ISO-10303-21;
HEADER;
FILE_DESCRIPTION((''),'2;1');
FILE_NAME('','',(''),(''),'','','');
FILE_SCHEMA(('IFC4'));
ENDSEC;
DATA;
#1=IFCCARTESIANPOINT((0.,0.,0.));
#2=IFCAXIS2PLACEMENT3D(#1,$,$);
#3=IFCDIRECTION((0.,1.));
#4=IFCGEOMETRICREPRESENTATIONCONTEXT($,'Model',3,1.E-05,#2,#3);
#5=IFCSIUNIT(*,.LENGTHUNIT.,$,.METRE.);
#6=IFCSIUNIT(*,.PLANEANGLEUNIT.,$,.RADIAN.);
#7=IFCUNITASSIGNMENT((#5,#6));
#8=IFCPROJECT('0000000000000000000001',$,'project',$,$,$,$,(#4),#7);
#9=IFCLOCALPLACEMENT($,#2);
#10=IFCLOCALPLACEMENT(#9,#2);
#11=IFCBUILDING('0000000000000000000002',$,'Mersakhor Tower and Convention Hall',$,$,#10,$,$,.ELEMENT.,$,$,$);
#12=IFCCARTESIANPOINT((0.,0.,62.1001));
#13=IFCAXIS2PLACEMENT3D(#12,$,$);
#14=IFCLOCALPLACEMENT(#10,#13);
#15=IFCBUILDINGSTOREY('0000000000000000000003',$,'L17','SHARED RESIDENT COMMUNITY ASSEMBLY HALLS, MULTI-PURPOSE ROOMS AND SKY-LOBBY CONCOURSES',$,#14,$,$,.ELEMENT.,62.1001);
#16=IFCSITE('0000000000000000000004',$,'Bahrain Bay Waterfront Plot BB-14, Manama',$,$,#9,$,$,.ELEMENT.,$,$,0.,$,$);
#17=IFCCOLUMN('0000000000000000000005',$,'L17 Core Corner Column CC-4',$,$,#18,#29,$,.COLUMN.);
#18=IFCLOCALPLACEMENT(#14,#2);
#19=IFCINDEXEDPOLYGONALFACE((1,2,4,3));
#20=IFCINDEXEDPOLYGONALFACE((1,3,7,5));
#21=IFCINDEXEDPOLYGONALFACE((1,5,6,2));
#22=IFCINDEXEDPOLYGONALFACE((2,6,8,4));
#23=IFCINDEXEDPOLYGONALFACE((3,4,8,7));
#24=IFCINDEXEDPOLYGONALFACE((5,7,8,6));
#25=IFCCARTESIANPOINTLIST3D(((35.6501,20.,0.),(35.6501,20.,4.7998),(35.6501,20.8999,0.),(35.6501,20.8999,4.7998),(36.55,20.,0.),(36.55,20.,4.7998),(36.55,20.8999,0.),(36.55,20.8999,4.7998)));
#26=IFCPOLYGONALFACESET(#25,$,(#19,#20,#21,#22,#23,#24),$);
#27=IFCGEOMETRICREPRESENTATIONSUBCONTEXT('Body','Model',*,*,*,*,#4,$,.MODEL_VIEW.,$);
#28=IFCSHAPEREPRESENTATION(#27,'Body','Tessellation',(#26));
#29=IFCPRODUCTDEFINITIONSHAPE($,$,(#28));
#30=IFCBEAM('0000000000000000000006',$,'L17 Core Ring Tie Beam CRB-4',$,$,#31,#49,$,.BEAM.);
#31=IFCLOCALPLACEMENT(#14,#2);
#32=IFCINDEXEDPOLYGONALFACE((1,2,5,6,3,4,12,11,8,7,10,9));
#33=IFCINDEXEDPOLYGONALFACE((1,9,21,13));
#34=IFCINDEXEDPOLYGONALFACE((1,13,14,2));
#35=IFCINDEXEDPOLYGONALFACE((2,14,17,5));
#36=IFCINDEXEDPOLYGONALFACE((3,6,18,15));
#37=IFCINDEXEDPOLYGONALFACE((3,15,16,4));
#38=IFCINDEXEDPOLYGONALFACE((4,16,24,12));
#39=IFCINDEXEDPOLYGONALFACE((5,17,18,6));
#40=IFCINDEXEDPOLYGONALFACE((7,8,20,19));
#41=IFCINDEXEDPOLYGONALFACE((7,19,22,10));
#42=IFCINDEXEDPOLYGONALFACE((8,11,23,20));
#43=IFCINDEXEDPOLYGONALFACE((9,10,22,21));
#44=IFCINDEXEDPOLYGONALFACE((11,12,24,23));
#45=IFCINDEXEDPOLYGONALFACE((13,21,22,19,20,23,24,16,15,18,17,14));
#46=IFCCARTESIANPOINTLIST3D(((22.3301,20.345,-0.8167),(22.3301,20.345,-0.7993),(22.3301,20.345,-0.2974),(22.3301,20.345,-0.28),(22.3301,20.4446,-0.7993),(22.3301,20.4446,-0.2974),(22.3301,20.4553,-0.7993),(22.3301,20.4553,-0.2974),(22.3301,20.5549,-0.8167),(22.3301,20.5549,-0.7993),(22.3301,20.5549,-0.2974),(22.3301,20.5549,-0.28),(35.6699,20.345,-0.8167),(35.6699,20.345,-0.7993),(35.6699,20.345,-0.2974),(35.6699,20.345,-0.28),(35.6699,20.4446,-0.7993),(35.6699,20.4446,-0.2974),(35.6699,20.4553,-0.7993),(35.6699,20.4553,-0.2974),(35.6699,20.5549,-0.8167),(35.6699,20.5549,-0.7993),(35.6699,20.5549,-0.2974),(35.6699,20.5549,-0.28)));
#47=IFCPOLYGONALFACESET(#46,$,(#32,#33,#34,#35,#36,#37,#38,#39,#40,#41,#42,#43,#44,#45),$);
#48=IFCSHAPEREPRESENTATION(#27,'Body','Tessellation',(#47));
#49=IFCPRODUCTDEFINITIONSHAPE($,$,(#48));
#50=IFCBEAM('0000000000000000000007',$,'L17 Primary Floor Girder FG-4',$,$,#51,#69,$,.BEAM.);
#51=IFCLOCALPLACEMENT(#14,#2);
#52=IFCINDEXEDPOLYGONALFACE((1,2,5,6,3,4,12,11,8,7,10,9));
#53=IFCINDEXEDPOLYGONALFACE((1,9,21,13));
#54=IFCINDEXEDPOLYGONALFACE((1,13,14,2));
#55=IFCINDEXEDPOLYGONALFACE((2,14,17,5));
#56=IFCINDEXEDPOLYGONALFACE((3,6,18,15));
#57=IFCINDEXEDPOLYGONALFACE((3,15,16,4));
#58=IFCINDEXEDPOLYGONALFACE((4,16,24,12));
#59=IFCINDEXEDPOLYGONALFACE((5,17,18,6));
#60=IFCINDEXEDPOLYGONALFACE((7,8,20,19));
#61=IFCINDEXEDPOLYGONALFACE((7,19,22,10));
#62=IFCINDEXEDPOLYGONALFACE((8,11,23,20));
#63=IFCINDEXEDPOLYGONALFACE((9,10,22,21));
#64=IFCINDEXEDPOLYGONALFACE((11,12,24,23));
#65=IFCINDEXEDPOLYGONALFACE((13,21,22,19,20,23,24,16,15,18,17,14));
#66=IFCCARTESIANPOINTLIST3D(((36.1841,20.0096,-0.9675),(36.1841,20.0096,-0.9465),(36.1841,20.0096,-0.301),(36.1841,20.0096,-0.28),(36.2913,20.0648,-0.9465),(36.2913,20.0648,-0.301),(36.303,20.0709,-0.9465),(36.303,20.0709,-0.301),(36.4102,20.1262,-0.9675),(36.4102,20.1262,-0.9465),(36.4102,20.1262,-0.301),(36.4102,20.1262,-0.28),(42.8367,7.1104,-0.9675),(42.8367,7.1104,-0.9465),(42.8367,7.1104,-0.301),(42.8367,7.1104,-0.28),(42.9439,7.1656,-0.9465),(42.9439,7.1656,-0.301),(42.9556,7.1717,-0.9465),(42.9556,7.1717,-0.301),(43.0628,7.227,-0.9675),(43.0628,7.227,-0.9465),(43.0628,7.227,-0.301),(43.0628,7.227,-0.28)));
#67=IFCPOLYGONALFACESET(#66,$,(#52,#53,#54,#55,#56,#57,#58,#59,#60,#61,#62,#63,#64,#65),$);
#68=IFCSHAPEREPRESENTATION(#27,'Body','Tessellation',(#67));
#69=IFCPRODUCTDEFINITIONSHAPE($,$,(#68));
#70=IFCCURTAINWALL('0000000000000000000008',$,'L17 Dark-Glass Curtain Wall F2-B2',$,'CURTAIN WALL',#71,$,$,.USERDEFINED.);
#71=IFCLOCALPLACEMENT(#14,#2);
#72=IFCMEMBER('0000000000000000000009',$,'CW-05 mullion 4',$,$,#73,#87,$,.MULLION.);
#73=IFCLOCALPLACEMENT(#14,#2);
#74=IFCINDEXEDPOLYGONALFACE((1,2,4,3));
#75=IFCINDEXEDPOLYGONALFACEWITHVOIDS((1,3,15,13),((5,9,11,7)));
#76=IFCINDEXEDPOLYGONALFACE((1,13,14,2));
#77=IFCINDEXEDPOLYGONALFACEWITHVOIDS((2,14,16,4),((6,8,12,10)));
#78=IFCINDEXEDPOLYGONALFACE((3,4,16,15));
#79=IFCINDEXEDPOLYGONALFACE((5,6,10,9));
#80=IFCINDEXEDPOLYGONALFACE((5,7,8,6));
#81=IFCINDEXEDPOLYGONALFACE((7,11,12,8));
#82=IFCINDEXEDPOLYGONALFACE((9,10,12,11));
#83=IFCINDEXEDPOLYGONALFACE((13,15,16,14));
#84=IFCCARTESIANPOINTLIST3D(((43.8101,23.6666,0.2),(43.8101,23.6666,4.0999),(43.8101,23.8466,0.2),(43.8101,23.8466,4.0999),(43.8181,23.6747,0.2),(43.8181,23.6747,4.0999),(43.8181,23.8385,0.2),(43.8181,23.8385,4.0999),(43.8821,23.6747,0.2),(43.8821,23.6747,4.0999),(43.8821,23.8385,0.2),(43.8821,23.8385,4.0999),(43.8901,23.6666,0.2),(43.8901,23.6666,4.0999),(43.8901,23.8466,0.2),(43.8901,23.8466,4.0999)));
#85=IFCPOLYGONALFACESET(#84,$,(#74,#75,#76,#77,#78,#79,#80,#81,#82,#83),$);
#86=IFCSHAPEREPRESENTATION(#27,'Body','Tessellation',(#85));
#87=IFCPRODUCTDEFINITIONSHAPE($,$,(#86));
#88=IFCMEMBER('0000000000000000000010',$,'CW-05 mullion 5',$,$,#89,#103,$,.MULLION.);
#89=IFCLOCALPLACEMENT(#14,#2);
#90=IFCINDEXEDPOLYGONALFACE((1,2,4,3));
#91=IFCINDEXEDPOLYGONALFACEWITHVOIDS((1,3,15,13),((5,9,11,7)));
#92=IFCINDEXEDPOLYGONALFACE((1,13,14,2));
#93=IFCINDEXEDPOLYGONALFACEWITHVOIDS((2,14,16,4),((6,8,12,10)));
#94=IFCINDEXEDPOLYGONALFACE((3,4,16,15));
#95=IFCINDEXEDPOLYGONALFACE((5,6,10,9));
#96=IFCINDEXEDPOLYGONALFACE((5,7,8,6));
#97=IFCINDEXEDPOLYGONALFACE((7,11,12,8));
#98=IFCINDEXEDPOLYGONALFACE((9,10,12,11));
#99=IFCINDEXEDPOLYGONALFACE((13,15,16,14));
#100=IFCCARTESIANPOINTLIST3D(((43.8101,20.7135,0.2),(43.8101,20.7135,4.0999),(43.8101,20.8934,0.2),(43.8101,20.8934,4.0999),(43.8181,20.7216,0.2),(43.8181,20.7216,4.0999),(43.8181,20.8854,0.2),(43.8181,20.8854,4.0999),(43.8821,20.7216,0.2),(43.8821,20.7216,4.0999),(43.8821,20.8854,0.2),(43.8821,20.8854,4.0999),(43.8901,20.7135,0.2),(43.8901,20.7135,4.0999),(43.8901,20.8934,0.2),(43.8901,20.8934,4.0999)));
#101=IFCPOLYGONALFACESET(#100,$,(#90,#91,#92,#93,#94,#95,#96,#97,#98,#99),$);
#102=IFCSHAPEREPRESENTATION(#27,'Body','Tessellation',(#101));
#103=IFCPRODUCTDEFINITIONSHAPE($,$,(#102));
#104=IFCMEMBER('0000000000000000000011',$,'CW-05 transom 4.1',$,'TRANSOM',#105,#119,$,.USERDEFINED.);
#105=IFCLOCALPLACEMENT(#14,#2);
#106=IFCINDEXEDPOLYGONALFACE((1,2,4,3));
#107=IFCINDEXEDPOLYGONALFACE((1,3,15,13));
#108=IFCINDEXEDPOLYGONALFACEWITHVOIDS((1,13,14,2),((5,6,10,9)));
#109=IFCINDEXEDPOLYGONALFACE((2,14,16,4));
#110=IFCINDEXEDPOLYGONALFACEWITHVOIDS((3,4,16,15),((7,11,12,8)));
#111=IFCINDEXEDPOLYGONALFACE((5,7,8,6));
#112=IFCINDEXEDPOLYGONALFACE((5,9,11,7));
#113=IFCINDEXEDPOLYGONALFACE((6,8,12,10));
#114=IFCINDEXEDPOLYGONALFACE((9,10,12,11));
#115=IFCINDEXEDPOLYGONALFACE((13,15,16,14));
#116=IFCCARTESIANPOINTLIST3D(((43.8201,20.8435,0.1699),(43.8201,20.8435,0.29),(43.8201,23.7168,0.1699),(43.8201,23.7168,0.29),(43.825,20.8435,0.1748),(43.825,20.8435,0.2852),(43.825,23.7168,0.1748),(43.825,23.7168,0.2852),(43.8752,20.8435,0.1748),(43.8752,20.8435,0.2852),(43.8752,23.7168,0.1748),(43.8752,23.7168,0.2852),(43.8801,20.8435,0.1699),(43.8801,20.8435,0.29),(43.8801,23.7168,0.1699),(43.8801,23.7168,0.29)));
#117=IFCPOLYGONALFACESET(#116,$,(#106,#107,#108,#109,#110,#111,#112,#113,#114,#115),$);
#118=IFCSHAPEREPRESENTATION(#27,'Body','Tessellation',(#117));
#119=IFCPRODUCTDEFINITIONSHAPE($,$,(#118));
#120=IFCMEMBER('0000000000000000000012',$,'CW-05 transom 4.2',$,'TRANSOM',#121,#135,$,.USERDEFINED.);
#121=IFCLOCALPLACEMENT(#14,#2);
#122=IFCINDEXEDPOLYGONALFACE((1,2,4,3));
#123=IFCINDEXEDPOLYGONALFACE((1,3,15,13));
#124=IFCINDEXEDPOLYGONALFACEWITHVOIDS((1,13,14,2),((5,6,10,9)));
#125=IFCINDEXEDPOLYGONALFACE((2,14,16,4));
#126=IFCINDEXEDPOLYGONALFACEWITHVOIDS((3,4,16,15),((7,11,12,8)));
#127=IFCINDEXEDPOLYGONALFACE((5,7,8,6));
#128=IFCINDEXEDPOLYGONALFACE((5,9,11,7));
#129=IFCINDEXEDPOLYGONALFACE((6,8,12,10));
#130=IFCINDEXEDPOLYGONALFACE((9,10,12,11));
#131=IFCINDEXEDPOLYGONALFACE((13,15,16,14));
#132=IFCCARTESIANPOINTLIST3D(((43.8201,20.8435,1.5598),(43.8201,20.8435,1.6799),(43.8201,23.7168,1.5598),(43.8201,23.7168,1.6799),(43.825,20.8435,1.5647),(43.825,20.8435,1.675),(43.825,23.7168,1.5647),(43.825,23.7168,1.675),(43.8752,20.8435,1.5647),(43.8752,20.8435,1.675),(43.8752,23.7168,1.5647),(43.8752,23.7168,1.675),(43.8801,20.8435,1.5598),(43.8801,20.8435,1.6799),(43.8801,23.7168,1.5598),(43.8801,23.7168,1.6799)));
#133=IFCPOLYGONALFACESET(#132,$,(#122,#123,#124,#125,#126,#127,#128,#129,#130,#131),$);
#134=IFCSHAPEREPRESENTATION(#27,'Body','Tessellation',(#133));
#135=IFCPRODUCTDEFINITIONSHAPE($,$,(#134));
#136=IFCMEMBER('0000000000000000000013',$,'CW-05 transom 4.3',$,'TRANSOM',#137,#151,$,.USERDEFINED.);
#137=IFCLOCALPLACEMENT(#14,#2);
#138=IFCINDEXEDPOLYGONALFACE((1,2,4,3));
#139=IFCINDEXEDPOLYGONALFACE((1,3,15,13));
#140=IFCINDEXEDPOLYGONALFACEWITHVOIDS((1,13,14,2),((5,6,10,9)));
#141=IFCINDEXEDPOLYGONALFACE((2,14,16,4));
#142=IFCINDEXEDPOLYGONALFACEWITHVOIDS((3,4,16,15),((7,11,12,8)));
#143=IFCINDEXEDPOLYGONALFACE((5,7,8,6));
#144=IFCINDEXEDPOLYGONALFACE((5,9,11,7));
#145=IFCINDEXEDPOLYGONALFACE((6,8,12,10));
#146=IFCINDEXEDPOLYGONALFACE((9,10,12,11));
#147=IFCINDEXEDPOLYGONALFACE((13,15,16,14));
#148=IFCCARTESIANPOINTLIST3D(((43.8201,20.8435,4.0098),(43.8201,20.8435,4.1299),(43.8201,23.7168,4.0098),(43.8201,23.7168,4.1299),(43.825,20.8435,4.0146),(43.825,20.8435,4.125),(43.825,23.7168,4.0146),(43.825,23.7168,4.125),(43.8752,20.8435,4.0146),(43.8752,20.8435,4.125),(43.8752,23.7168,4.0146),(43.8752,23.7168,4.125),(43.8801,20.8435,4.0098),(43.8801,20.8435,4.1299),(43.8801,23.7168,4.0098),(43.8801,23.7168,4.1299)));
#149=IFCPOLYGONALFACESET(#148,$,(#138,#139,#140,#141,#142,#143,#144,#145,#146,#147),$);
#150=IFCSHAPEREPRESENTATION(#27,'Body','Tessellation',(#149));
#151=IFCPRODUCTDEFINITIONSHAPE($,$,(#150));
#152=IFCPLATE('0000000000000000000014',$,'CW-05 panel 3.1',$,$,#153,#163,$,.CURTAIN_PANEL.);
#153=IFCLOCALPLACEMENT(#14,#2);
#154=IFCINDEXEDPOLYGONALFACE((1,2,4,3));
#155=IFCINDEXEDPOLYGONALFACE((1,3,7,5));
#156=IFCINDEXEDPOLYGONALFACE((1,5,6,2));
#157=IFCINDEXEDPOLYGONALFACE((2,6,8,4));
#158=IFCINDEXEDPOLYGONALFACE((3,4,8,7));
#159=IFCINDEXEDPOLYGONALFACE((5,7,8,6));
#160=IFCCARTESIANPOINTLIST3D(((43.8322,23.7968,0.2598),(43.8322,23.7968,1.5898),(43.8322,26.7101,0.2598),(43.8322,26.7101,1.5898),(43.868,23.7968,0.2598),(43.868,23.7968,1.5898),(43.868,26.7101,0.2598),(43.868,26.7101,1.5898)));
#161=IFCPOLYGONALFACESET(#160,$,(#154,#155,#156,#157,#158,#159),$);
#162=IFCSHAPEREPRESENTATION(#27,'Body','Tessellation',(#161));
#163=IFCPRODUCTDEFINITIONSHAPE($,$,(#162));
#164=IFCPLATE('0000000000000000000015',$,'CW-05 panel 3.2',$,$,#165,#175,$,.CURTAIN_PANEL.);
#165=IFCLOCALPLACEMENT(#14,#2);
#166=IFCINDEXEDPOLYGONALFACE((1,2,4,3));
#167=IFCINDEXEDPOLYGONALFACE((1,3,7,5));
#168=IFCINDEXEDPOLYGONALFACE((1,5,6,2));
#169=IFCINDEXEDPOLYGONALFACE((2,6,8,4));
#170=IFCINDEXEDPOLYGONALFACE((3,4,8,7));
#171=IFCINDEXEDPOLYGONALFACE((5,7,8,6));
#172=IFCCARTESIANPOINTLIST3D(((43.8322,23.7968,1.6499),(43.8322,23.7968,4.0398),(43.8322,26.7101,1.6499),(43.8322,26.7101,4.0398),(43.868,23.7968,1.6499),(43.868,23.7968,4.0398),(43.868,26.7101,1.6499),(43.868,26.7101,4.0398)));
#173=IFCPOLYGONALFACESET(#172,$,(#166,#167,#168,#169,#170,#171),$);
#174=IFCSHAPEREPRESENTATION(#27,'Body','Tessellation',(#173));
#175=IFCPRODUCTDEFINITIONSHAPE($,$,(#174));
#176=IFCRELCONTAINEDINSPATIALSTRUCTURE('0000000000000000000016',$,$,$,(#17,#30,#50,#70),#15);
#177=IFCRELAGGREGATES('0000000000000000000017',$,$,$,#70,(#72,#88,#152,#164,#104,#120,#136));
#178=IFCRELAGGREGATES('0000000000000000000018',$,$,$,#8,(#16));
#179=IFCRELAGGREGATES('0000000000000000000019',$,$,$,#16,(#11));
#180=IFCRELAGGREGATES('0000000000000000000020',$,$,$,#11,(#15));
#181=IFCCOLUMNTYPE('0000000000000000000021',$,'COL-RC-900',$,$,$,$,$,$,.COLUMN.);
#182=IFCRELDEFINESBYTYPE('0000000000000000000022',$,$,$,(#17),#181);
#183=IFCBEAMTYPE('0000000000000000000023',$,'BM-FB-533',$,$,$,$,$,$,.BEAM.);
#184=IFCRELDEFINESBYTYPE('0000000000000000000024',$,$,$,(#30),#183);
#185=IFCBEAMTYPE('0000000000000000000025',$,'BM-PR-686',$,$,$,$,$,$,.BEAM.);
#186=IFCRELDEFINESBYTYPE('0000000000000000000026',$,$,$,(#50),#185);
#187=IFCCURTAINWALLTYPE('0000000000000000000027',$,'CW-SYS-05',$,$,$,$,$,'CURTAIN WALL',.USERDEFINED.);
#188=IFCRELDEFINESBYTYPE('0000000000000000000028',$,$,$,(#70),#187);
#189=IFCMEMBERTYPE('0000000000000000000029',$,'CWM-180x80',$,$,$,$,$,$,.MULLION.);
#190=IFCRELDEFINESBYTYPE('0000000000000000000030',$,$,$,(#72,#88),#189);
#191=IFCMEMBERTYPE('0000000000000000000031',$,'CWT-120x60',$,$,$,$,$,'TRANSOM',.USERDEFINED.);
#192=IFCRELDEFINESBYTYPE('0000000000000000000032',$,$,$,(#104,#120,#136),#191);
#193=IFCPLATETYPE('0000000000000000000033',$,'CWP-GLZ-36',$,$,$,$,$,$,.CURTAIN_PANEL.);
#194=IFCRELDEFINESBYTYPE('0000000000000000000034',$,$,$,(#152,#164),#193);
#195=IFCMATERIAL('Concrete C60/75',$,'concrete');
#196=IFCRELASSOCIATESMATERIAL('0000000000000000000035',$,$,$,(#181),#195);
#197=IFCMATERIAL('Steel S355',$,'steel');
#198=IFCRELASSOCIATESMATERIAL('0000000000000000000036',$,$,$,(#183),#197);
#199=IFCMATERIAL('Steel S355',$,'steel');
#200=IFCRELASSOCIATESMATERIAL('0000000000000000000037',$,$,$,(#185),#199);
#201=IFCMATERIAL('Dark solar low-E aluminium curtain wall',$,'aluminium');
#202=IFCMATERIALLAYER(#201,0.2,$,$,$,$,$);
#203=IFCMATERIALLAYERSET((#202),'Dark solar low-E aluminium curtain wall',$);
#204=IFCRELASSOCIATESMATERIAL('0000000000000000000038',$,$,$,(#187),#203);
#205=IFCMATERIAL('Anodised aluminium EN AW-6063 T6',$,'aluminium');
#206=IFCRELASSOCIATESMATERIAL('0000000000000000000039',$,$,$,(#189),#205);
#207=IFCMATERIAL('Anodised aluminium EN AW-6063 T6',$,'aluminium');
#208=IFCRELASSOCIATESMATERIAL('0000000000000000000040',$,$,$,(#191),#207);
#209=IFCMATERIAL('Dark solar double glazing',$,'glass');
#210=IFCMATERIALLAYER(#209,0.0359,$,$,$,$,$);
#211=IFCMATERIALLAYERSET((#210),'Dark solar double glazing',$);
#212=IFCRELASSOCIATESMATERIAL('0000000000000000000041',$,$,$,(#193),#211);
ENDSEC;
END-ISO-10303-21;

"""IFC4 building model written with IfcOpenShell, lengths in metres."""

from ifc_helpers import new_model, si_unit, direction, frame, origin, origin_2d, place, context, subcontext, project, spatial, rectangle, hollow_rectangle, i_section, extrude, material, layer, layer_set, material_profile, profile_set, type_object, element, aggregate, save


model = new_model("IFC4")

# Units and contexts
model_context = context("Model", 3, precision=1e-05, world=origin(), true_north=direction((0.0, 1.0)))
body_context = subcontext(model_context, "Body", "Model", "MODEL_VIEW")
ifc_project = project(units=[si_unit("LENGTHUNIT", "METRE"), si_unit("PLANEANGLEUNIT", "RADIAN")], contexts=[model_context])

# Site, building, storey
site_placement = place(None, origin())
site = spatial("IfcSite", under=ifc_project, at=site_placement, Name="Bahrain Bay Waterfront Plot BB-14, Manama", CompositionType="ELEMENT", RefElevation=0.0)
building_placement = place(site_placement, origin())
building = spatial("IfcBuilding", under=site, at=building_placement, Name="Mersakhor Tower and Convention Hall", CompositionType="ELEMENT")
storey_placement = place(building_placement, frame((0.0, 0.0, 62.1001)))
storey = spatial("IfcBuildingStorey", under=building, at=storey_placement, Name="L17", Description="SHARED RESIDENT COMMUNITY ASSEMBLY HALLS, MULTI-PURPOSE ROOMS AND SKY-LOBBY CONCOURSES", CompositionType="ELEMENT", Elevation=62.1001)

# Column
ifc_material_1 = material(Name="Concrete C60/75", Category="concrete")
ifc_material_profile_1 = material_profile(ifc_material_1, rectangle(XDim=0.8999, YDim=0.8999, at=origin_2d()), Name="RC 900x900")
ifc_profile_set_1 = profile_set([ifc_material_profile_1], Name="Concrete C60/75")
column_type = type_object("IfcColumnType", Name="COL-RC-900", PredefinedType="COLUMN", material=ifc_profile_set_1)
column_placement = place(storey_placement, frame((36.1001, 20.45, 0.0), z_axis=(0.0, 0.0, 1.0), x_axis=(1.0, 0.0, 0.0)))
element("IfcColumn", 1, at=column_placement, inside=storey, type_object=column_type, Name="L17 Core Corner Column CC-4", PredefinedType="COLUMN", context=body_context, shape_type="SweptSolid", body=[
    extrude(rectangle(XDim=0.8999, YDim=0.8999, at=origin_2d()), origin(), (0.0, 0.0, 1.0), 4.7998),
])

# Beams
ifc_material_2 = material(Name="Steel S355", Category="steel")
ifc_material_profile_2 = material_profile(ifc_material_2, i_section(OverallWidth=0.21, OverallDepth=0.5366, WebThickness=0.0107, FlangeThickness=0.0173, at=origin_2d()), Name="UB 533x210x101")
ifc_profile_set_2 = profile_set([ifc_material_profile_2], Name="Steel S355")
beam_type_1 = type_object("IfcBeamType", Name="BM-FB-533", PredefinedType="BEAM", material=ifc_profile_set_2)
beam_1_placement = place(storey_placement, frame((35.6699, 20.45, -0.5483), z_axis=(-1.0, 0.0, 0.0), x_axis=(0.0, -1.0, 0.0)))
element("IfcBeam", 2, at=beam_1_placement, inside=storey, type_object=beam_type_1, Name="L17 Core Ring Tie Beam CRB-4", PredefinedType="BEAM", context=body_context, shape_type="SweptSolid", body=[
    extrude(i_section(OverallWidth=0.21, OverallDepth=0.5366, WebThickness=0.0107, FlangeThickness=0.0173, at=origin_2d()), origin(), (0.0, 0.0, 1.0), 13.3398),
])
ifc_material_3 = material(Name="Steel S355", Category="steel")
ifc_material_profile_3 = material_profile(ifc_material_3, i_section(OverallWidth=0.2544, OverallDepth=0.6875, WebThickness=0.0132, FlangeThickness=0.021, at=origin_2d()), Name="UB 686x254x152")
ifc_profile_set_3 = profile_set([ifc_material_profile_3], Name="Steel S355")
beam_type_2 = type_object("IfcBeamType", Name="BM-PR-686", PredefinedType="BEAM", material=ifc_profile_set_3)
beam_2_placement = place(storey_placement, frame((36.2971, 20.0679, -0.6238), z_axis=(0.458368, -0.888762, 0.0), x_axis=(0.888762, 0.458368, 0.0)))
element("IfcBeam", 3, at=beam_2_placement, inside=storey, type_object=beam_type_2, Name="L17 Primary Floor Girder FG-4", PredefinedType="BEAM", context=body_context, shape_type="SweptSolid", body=[
    extrude(i_section(OverallWidth=0.2544, OverallDepth=0.6875, WebThickness=0.0132, FlangeThickness=0.021, at=origin_2d()), origin(), (0.0, 0.0, 1.0), 14.5137),
])

# Curtain wall, members, plates
ifc_material_4 = material(Name="Dark solar low-E aluminium curtain wall", Category="aluminium")
ifc_layer_1 = layer(ifc_material_4, 0.2)
ifc_layer_set_1 = layer_set([ifc_layer_1], Name="Dark solar low-E aluminium curtain wall")
curtain_wall_type = type_object("IfcCurtainWallType", Name="CW-SYS-05", ElementType="CURTAIN WALL", PredefinedType="USERDEFINED", material=ifc_layer_set_1)
curtain_wall_placement = place(storey_placement, origin())
curtain_wall = element("IfcCurtainWall", 4, at=curtain_wall_placement, inside=storey, type_object=curtain_wall_type, Name="L17 Dark-Glass Curtain Wall F2-B2", ObjectType="CURTAIN WALL", PredefinedType="USERDEFINED")
ifc_material_5 = material(Name="Anodised aluminium EN AW-6063 T6", Category="aluminium")
ifc_material_profile_4 = material_profile(ifc_material_5, hollow_rectangle(XDim=0.0801, YDim=0.1799, WallThickness=0.0081, at=origin_2d()), Name="RHS 180x80x8")
ifc_profile_set_4 = profile_set([ifc_material_profile_4], Name="Anodised aluminium EN AW-6063 T6")
member_type_1 = type_object("IfcMemberType", Name="CWM-180x80", PredefinedType="MULLION", material=ifc_profile_set_4)
member_1_placement = place(storey_placement, frame((43.8501, 23.7566, 0.2), z_axis=(0.0, 0.0, 1.0), x_axis=(1.0, 0.0, 0.0)))
member_1 = element("IfcMember", 5, at=member_1_placement, type_object=member_type_1, Name="CW-05 mullion 4", PredefinedType="MULLION", context=body_context, shape_type="SweptSolid", body=[
    extrude(hollow_rectangle(XDim=0.0801, YDim=0.1799, WallThickness=0.0081, at=origin_2d()), origin(), (0.0, 0.0, 1.0), 3.8999),
])
member_2_placement = place(storey_placement, frame((43.8501, 20.8035, 0.2), z_axis=(0.0, 0.0, 1.0), x_axis=(1.0, 0.0, 0.0)))
member_2 = element("IfcMember", 6, at=member_2_placement, type_object=member_type_1, Name="CW-05 mullion 5", PredefinedType="MULLION", context=body_context, shape_type="SweptSolid", body=[
    extrude(hollow_rectangle(XDim=0.0801, YDim=0.1799, WallThickness=0.0081, at=origin_2d()), origin(), (0.0, 0.0, 1.0), 3.8999),
])
ifc_material_6 = material(Name="Anodised aluminium EN AW-6063 T6", Category="aluminium")
ifc_material_profile_5 = material_profile(ifc_material_6, hollow_rectangle(XDim=0.0601, YDim=0.1201, WallThickness=0.0049, at=origin_2d()), Name="RHS 120x60x5")
ifc_profile_set_5 = profile_set([ifc_material_profile_5], Name="Anodised aluminium EN AW-6063 T6")
member_type_2 = type_object("IfcMemberType", Name="CWT-120x60", ElementType="TRANSOM", PredefinedType="USERDEFINED", material=ifc_profile_set_5)
member_3_placement = place(storey_placement, frame((43.8501, 23.7168, 0.23), z_axis=(0.0, -1.0, 0.0), x_axis=(1.0, 0.0, 0.0)))
member_3 = element("IfcMember", 7, at=member_3_placement, type_object=member_type_2, Name="CW-05 transom 4.1", ObjectType="TRANSOM", PredefinedType="USERDEFINED", context=body_context, shape_type="SweptSolid", body=[
    extrude(hollow_rectangle(XDim=0.0601, YDim=0.1201, WallThickness=0.0049, at=origin_2d()), origin(), (0.0, 0.0, 1.0), 2.8733),
])
member_4_placement = place(storey_placement, frame((43.8501, 23.7168, 1.6199), z_axis=(0.0, -1.0, 0.0), x_axis=(1.0, 0.0, 0.0)))
member_4 = element("IfcMember", 8, at=member_4_placement, type_object=member_type_2, Name="CW-05 transom 4.2", ObjectType="TRANSOM", PredefinedType="USERDEFINED", context=body_context, shape_type="SweptSolid", body=[
    extrude(hollow_rectangle(XDim=0.0601, YDim=0.1201, WallThickness=0.0049, at=origin_2d()), origin(), (0.0, 0.0, 1.0), 2.8733),
])
member_5_placement = place(storey_placement, frame((43.8501, 23.7168, 4.0698), z_axis=(0.0, -1.0, 0.0), x_axis=(1.0, 0.0, 0.0)))
member_5 = element("IfcMember", 9, at=member_5_placement, type_object=member_type_2, Name="CW-05 transom 4.3", ObjectType="TRANSOM", PredefinedType="USERDEFINED", context=body_context, shape_type="SweptSolid", body=[
    extrude(hollow_rectangle(XDim=0.0601, YDim=0.1201, WallThickness=0.0049, at=origin_2d()), origin(), (0.0, 0.0, 1.0), 2.8733),
])
ifc_material_7 = material(Name="Dark solar double glazing", Category="glass")
ifc_layer_2 = layer(ifc_material_7, 0.0359)
ifc_layer_set_2 = layer_set([ifc_layer_2], Name="Dark solar double glazing")
plate_type_1 = type_object("IfcPlateType", Name="CWP-GLZ-36", PredefinedType="CURTAIN_PANEL", material=ifc_layer_set_2)
plate_1_placement = place(storey_placement, frame((43.8501, 25.2534, 0.2598), z_axis=(0.0, 0.0, 1.0), x_axis=(0.0, -1.0, 0.0)))
plate_1 = element("IfcPlate", 10, at=plate_1_placement, type_object=plate_type_1, Name="CW-05 panel 3.1", PredefinedType="CURTAIN_PANEL", context=body_context, shape_type="SweptSolid", body=[
    extrude(rectangle(XDim=2.9133, YDim=0.0359, at=origin_2d()), origin(), (0.0, 0.0, 1.0), 1.3301),
])
plate_2_placement = place(storey_placement, frame((43.8501, 25.2534, 1.6499), z_axis=(0.0, 0.0, 1.0), x_axis=(0.0, -1.0, 0.0)))
plate_2 = element("IfcPlate", 11, at=plate_2_placement, type_object=plate_type_1, Name="CW-05 panel 3.2", PredefinedType="CURTAIN_PANEL", context=body_context, shape_type="SweptSolid", body=[
    extrude(rectangle(XDim=2.9133, YDim=0.0359, at=origin_2d()), origin(), (0.0, 0.0, 1.0), 2.3899),
])
aggregate(curtain_wall, [member_1, member_2, plate_1, plate_2, member_3, member_4, member_5])

save(model, "model.ifc")
